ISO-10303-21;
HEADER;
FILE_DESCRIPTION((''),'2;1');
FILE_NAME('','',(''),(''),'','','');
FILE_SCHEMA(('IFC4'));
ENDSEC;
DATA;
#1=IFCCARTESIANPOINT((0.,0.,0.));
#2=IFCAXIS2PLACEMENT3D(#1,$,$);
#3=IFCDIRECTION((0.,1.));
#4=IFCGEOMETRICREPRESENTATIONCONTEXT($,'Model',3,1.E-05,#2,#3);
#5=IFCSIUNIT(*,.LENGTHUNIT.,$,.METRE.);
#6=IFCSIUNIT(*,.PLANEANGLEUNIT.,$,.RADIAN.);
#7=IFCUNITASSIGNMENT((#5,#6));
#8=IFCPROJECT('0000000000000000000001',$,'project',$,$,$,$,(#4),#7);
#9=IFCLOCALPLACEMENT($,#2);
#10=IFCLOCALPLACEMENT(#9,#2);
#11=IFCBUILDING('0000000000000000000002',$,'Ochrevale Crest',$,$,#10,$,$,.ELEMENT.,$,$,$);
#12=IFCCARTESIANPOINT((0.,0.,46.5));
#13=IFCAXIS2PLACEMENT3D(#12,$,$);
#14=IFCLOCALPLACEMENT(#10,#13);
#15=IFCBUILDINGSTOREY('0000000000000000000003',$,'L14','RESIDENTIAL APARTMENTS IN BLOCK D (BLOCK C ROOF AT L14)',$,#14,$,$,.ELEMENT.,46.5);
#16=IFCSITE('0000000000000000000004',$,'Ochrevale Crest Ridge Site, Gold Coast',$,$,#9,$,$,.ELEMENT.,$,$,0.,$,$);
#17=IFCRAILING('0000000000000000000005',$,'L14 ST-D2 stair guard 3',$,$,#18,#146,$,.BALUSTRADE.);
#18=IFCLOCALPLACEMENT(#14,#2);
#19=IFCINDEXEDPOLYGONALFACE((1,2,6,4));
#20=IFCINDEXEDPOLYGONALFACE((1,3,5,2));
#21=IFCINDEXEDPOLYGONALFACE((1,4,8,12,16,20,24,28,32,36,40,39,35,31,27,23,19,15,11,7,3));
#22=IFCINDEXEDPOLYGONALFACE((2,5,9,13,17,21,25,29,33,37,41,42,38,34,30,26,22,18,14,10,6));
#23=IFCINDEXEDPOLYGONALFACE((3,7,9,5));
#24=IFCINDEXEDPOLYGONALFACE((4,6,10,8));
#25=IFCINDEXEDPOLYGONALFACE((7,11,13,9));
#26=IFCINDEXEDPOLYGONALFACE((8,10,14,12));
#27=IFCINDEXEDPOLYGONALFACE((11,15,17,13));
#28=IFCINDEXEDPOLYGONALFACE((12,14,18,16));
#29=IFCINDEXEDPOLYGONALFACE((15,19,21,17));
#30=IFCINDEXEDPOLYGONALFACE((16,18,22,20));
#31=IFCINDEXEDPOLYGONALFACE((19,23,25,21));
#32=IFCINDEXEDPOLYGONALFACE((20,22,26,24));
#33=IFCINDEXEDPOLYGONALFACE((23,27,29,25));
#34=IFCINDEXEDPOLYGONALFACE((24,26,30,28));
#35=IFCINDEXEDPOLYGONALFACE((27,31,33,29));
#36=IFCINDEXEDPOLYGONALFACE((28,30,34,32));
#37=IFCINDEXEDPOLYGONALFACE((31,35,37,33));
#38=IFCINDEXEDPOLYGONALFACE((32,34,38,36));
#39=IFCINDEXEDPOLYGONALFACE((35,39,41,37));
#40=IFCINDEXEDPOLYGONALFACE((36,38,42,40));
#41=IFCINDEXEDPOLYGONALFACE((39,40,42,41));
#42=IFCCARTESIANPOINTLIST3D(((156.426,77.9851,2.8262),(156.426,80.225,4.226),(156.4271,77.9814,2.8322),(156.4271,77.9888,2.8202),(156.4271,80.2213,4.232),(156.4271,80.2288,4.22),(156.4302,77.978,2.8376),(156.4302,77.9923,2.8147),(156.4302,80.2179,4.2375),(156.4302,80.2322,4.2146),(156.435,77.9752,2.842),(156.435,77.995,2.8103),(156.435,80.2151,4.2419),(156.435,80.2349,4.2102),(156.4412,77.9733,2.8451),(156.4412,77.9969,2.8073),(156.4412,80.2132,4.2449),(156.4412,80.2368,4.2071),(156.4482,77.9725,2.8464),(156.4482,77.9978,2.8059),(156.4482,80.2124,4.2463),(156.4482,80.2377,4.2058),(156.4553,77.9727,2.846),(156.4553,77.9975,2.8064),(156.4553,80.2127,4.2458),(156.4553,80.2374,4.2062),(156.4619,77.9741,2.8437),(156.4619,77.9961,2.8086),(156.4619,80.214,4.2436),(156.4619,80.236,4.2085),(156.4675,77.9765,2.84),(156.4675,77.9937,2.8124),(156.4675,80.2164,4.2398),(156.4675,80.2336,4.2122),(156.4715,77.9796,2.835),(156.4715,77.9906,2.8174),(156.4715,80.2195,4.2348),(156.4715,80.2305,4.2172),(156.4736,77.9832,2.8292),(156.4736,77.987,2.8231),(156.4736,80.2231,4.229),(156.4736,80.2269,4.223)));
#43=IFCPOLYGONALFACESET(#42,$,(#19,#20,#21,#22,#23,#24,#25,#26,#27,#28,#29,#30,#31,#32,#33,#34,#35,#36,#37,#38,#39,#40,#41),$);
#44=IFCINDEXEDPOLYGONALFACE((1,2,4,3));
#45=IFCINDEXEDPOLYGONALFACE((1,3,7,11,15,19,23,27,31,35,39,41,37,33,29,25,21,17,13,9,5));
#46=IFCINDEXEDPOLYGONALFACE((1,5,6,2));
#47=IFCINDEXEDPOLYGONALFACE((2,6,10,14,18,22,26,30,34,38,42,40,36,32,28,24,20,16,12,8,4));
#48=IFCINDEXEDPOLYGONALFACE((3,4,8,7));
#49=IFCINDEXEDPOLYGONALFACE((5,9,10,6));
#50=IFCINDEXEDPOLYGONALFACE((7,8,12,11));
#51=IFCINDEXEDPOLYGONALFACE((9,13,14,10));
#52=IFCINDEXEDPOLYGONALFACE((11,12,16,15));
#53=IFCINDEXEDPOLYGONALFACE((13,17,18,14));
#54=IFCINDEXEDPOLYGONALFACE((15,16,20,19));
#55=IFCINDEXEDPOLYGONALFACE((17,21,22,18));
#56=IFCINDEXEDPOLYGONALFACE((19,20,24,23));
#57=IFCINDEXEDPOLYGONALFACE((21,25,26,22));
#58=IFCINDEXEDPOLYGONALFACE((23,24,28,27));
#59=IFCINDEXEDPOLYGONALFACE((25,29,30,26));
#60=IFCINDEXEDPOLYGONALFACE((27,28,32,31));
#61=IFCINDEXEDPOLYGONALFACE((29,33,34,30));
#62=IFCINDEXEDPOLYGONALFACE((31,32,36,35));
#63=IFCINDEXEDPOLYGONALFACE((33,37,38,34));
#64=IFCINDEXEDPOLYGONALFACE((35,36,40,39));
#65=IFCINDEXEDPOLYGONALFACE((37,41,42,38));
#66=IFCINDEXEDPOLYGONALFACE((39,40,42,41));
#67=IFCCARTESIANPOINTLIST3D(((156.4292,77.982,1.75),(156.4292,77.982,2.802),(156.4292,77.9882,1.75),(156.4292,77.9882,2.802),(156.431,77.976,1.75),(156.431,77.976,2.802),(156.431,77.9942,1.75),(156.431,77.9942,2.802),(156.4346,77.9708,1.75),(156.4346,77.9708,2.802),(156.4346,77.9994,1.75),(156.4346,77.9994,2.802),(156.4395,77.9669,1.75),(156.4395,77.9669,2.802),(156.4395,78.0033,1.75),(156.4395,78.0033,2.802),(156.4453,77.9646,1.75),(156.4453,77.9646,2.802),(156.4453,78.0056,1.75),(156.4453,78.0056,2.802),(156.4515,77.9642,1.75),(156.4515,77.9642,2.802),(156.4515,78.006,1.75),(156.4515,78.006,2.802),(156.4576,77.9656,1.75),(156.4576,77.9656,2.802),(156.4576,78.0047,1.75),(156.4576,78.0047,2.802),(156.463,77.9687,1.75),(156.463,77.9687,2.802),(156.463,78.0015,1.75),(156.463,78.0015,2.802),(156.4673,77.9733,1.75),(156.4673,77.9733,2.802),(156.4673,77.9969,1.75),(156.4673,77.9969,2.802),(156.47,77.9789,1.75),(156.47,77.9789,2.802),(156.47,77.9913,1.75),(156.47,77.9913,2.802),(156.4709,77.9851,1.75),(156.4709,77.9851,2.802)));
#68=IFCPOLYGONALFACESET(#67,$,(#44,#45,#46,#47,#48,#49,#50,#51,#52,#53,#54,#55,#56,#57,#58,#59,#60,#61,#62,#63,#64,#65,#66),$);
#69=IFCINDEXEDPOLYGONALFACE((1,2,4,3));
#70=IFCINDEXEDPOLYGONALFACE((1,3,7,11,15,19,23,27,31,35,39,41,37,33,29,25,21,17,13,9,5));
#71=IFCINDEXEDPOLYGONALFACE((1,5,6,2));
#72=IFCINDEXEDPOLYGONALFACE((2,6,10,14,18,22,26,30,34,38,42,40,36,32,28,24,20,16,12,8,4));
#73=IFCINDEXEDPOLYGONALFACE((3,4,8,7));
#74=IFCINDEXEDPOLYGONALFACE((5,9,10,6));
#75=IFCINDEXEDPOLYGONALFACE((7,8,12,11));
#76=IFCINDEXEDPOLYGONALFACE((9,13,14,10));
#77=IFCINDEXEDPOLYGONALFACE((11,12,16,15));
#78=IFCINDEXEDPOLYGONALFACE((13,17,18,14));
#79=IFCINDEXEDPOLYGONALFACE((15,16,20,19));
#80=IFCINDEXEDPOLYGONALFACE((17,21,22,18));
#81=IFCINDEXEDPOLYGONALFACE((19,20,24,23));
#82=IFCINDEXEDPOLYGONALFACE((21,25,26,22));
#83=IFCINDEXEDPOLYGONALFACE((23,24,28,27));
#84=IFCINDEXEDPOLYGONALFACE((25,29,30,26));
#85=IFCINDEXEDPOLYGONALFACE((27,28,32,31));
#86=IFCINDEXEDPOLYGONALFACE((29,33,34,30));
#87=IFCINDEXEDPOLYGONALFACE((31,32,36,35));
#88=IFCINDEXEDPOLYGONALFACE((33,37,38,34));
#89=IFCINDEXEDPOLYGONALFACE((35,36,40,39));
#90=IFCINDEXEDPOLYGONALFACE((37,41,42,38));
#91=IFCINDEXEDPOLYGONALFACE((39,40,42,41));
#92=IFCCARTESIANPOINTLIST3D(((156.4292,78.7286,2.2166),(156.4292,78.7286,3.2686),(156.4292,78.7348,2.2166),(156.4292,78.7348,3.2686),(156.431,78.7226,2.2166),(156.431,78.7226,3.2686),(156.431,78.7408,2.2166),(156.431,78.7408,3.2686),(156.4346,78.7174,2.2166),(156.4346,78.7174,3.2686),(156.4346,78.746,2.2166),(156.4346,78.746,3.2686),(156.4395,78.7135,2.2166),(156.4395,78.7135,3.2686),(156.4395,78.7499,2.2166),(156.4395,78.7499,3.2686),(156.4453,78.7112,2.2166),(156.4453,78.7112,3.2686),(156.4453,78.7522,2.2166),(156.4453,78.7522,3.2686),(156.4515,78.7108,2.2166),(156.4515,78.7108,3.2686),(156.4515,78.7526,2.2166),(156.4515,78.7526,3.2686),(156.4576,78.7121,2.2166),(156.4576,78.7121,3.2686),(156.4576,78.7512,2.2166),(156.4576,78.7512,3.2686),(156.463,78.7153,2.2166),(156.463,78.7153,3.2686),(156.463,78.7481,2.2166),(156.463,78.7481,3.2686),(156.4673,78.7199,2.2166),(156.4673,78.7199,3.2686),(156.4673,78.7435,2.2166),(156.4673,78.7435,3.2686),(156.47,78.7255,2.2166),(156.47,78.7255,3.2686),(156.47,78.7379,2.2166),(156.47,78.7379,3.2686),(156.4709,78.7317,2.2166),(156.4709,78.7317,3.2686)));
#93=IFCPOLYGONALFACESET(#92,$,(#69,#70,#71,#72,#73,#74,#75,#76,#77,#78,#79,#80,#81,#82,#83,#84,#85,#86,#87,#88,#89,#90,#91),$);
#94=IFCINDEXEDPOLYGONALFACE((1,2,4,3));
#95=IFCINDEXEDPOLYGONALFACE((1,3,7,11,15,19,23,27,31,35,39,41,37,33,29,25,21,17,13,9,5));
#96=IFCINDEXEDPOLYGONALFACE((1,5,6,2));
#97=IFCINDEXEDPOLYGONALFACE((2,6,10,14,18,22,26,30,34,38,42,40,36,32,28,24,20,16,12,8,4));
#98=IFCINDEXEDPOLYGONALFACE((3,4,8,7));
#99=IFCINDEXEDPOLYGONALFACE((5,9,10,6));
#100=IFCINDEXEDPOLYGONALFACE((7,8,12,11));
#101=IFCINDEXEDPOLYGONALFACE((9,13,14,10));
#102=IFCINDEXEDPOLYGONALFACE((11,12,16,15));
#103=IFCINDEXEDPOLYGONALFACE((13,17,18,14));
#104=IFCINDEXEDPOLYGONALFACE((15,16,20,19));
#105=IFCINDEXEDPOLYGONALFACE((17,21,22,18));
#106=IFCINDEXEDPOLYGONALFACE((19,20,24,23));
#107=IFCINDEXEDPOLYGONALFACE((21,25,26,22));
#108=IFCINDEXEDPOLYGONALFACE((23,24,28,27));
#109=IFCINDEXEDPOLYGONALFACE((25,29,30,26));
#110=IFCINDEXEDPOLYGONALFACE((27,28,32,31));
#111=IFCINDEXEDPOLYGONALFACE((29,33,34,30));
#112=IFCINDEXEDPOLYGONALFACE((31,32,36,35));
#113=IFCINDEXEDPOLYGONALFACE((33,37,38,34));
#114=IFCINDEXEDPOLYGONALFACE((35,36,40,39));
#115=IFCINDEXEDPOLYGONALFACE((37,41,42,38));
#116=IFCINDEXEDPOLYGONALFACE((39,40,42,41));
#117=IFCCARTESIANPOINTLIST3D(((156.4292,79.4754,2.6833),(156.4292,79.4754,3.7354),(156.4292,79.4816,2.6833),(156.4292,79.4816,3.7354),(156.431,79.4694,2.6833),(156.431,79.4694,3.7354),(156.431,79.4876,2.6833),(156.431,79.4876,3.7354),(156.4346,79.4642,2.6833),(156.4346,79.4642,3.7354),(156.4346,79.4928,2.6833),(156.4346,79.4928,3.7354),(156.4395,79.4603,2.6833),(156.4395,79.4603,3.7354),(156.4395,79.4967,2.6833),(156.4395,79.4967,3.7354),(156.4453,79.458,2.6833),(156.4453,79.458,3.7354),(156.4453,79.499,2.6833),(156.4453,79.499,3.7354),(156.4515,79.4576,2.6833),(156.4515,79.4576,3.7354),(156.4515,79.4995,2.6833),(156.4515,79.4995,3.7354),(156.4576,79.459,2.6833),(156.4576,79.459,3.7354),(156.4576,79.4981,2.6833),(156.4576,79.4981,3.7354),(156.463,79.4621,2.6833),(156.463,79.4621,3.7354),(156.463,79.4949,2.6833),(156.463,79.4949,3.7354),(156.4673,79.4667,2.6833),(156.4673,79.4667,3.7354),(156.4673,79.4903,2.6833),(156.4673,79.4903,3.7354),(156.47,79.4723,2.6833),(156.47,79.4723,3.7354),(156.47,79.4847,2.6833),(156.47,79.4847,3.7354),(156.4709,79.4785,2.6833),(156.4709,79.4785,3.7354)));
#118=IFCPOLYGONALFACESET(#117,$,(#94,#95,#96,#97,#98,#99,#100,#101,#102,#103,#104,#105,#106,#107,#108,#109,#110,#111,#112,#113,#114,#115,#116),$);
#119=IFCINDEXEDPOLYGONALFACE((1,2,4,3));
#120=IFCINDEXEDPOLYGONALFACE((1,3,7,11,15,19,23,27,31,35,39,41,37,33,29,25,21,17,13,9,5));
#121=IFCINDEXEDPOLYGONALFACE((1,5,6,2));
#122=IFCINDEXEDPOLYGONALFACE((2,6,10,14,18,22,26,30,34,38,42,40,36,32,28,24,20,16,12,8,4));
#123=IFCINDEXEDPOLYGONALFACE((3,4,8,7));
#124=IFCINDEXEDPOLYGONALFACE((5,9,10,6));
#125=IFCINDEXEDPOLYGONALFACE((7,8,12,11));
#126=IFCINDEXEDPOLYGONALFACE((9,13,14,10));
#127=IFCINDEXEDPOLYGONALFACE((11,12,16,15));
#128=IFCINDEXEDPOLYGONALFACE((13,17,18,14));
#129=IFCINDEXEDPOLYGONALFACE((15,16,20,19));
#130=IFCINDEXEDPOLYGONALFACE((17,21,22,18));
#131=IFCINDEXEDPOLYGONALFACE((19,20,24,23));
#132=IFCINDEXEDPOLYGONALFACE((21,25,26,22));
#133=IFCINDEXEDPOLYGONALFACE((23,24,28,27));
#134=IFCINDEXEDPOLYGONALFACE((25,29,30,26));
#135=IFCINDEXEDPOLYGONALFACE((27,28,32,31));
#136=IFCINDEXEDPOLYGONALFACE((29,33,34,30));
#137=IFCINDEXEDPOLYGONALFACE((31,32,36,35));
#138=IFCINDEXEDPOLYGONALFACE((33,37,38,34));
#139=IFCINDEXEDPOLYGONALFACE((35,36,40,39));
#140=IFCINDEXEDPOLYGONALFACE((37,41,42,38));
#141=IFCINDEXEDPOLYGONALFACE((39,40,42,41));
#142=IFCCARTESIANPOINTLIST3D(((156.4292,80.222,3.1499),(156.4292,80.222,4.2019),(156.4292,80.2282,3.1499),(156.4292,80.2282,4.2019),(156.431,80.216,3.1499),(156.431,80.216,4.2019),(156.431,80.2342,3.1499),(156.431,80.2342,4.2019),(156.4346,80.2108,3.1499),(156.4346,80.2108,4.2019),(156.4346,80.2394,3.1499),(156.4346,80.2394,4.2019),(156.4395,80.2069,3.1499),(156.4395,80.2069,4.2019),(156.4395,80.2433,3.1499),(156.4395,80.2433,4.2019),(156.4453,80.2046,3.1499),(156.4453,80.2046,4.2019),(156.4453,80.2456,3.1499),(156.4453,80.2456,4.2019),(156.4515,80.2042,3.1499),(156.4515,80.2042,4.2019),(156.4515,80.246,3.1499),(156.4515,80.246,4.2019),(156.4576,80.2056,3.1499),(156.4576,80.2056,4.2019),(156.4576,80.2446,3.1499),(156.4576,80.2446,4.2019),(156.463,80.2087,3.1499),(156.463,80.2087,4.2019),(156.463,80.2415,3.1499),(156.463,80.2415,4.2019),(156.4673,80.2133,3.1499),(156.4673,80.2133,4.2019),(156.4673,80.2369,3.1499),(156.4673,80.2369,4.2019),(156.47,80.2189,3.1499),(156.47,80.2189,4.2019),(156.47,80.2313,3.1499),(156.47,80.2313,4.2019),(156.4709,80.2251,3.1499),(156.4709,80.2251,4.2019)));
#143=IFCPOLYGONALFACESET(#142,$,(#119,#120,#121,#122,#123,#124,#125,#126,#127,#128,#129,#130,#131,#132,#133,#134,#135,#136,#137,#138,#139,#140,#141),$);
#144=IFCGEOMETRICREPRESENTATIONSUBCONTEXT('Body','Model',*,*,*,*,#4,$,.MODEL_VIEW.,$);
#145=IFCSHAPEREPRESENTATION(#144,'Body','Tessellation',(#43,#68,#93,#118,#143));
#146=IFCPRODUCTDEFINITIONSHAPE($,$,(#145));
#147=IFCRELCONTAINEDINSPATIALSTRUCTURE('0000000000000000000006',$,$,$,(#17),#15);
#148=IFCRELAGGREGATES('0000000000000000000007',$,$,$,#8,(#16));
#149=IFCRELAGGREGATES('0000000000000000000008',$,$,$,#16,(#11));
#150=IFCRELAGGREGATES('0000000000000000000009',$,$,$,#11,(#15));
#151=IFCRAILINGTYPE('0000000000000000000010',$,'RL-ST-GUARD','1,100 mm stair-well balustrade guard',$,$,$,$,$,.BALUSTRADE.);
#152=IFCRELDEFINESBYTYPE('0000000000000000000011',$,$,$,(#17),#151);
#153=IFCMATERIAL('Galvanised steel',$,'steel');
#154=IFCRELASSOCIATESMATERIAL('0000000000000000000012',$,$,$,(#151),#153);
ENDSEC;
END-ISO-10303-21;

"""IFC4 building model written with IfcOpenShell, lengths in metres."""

from ifc_helpers import new_model, si_unit, direction, frame, origin, origin_2d, place, context, subcontext, project, spatial, circle, extrude, material, type_object, element, save


model = new_model("IFC4")

# Units and contexts
model_context = context("Model", 3, precision=1e-05, world=origin(), true_north=direction((0.0, 1.0)))
body_context = subcontext(model_context, "Body", "Model", "MODEL_VIEW")
ifc_project = project(units=[si_unit("LENGTHUNIT", "METRE"), si_unit("PLANEANGLEUNIT", "RADIAN")], contexts=[model_context])

# Site, building, storey
site_placement = place(None, origin())
site = spatial("IfcSite", under=ifc_project, at=site_placement, Name="Ochrevale Crest Ridge Site, Gold Coast", CompositionType="ELEMENT", RefElevation=0.0)
building_placement = place(site_placement, origin())
building = spatial("IfcBuilding", under=site, at=building_placement, Name="Ochrevale Crest", CompositionType="ELEMENT")
storey_placement = place(building_placement, frame((0.0, 0.0, 46.5)))
storey = spatial("IfcBuildingStorey", under=building, at=storey_placement, Name="L14", Description="RESIDENTIAL APARTMENTS IN BLOCK D (BLOCK C ROOF AT L14)", CompositionType="ELEMENT", Elevation=46.5)

# Railing
ifc_material_1 = material(Name="Galvanised steel", Category="steel")
railing_type_1 = type_object("IfcRailingType", Name="RL-ST-GUARD", Description="1,100 mm stair-well balustrade guard", PredefinedType="BALUSTRADE", material=ifc_material_1)
railing_1_placement = place(storey_placement, frame((156.45, 77.9851, 1.75)))
element("IfcRailing", 1, at=railing_1_placement, inside=storey, type_object=railing_type_1, Name="L14 ST-D2 stair guard 3", PredefinedType="BALUSTRADE", context=body_context, shape_type="SweptSolid", body=[
    extrude(circle(Radius=0.0239, at=origin_2d()), frame((0.0, 0.0, 1.0762), z_axis=(0.0, 0.848014, 0.529974), x_axis=(-1.0, 0.0, 0.0)), (0.0, 0.0, 1.0), 2.6414),
    extrude(circle(Radius=0.021, at=origin_2d()), origin(), (0.0, 0.0, 1.0), 1.052),
    extrude(circle(Radius=0.021, at=origin_2d()), frame((0.0, 0.7466, 0.4666)), (0.0, 0.0, 1.0), 1.052),
    extrude(circle(Radius=0.021, at=origin_2d()), frame((0.0, 1.4934, 0.9333)), (0.0, 0.0, 1.0), 1.052),
    extrude(circle(Radius=0.021, at=origin_2d()), frame((0.0, 2.24, 1.3999)), (0.0, 0.0, 1.0), 1.052),
])

save(model, "model.ifc")
